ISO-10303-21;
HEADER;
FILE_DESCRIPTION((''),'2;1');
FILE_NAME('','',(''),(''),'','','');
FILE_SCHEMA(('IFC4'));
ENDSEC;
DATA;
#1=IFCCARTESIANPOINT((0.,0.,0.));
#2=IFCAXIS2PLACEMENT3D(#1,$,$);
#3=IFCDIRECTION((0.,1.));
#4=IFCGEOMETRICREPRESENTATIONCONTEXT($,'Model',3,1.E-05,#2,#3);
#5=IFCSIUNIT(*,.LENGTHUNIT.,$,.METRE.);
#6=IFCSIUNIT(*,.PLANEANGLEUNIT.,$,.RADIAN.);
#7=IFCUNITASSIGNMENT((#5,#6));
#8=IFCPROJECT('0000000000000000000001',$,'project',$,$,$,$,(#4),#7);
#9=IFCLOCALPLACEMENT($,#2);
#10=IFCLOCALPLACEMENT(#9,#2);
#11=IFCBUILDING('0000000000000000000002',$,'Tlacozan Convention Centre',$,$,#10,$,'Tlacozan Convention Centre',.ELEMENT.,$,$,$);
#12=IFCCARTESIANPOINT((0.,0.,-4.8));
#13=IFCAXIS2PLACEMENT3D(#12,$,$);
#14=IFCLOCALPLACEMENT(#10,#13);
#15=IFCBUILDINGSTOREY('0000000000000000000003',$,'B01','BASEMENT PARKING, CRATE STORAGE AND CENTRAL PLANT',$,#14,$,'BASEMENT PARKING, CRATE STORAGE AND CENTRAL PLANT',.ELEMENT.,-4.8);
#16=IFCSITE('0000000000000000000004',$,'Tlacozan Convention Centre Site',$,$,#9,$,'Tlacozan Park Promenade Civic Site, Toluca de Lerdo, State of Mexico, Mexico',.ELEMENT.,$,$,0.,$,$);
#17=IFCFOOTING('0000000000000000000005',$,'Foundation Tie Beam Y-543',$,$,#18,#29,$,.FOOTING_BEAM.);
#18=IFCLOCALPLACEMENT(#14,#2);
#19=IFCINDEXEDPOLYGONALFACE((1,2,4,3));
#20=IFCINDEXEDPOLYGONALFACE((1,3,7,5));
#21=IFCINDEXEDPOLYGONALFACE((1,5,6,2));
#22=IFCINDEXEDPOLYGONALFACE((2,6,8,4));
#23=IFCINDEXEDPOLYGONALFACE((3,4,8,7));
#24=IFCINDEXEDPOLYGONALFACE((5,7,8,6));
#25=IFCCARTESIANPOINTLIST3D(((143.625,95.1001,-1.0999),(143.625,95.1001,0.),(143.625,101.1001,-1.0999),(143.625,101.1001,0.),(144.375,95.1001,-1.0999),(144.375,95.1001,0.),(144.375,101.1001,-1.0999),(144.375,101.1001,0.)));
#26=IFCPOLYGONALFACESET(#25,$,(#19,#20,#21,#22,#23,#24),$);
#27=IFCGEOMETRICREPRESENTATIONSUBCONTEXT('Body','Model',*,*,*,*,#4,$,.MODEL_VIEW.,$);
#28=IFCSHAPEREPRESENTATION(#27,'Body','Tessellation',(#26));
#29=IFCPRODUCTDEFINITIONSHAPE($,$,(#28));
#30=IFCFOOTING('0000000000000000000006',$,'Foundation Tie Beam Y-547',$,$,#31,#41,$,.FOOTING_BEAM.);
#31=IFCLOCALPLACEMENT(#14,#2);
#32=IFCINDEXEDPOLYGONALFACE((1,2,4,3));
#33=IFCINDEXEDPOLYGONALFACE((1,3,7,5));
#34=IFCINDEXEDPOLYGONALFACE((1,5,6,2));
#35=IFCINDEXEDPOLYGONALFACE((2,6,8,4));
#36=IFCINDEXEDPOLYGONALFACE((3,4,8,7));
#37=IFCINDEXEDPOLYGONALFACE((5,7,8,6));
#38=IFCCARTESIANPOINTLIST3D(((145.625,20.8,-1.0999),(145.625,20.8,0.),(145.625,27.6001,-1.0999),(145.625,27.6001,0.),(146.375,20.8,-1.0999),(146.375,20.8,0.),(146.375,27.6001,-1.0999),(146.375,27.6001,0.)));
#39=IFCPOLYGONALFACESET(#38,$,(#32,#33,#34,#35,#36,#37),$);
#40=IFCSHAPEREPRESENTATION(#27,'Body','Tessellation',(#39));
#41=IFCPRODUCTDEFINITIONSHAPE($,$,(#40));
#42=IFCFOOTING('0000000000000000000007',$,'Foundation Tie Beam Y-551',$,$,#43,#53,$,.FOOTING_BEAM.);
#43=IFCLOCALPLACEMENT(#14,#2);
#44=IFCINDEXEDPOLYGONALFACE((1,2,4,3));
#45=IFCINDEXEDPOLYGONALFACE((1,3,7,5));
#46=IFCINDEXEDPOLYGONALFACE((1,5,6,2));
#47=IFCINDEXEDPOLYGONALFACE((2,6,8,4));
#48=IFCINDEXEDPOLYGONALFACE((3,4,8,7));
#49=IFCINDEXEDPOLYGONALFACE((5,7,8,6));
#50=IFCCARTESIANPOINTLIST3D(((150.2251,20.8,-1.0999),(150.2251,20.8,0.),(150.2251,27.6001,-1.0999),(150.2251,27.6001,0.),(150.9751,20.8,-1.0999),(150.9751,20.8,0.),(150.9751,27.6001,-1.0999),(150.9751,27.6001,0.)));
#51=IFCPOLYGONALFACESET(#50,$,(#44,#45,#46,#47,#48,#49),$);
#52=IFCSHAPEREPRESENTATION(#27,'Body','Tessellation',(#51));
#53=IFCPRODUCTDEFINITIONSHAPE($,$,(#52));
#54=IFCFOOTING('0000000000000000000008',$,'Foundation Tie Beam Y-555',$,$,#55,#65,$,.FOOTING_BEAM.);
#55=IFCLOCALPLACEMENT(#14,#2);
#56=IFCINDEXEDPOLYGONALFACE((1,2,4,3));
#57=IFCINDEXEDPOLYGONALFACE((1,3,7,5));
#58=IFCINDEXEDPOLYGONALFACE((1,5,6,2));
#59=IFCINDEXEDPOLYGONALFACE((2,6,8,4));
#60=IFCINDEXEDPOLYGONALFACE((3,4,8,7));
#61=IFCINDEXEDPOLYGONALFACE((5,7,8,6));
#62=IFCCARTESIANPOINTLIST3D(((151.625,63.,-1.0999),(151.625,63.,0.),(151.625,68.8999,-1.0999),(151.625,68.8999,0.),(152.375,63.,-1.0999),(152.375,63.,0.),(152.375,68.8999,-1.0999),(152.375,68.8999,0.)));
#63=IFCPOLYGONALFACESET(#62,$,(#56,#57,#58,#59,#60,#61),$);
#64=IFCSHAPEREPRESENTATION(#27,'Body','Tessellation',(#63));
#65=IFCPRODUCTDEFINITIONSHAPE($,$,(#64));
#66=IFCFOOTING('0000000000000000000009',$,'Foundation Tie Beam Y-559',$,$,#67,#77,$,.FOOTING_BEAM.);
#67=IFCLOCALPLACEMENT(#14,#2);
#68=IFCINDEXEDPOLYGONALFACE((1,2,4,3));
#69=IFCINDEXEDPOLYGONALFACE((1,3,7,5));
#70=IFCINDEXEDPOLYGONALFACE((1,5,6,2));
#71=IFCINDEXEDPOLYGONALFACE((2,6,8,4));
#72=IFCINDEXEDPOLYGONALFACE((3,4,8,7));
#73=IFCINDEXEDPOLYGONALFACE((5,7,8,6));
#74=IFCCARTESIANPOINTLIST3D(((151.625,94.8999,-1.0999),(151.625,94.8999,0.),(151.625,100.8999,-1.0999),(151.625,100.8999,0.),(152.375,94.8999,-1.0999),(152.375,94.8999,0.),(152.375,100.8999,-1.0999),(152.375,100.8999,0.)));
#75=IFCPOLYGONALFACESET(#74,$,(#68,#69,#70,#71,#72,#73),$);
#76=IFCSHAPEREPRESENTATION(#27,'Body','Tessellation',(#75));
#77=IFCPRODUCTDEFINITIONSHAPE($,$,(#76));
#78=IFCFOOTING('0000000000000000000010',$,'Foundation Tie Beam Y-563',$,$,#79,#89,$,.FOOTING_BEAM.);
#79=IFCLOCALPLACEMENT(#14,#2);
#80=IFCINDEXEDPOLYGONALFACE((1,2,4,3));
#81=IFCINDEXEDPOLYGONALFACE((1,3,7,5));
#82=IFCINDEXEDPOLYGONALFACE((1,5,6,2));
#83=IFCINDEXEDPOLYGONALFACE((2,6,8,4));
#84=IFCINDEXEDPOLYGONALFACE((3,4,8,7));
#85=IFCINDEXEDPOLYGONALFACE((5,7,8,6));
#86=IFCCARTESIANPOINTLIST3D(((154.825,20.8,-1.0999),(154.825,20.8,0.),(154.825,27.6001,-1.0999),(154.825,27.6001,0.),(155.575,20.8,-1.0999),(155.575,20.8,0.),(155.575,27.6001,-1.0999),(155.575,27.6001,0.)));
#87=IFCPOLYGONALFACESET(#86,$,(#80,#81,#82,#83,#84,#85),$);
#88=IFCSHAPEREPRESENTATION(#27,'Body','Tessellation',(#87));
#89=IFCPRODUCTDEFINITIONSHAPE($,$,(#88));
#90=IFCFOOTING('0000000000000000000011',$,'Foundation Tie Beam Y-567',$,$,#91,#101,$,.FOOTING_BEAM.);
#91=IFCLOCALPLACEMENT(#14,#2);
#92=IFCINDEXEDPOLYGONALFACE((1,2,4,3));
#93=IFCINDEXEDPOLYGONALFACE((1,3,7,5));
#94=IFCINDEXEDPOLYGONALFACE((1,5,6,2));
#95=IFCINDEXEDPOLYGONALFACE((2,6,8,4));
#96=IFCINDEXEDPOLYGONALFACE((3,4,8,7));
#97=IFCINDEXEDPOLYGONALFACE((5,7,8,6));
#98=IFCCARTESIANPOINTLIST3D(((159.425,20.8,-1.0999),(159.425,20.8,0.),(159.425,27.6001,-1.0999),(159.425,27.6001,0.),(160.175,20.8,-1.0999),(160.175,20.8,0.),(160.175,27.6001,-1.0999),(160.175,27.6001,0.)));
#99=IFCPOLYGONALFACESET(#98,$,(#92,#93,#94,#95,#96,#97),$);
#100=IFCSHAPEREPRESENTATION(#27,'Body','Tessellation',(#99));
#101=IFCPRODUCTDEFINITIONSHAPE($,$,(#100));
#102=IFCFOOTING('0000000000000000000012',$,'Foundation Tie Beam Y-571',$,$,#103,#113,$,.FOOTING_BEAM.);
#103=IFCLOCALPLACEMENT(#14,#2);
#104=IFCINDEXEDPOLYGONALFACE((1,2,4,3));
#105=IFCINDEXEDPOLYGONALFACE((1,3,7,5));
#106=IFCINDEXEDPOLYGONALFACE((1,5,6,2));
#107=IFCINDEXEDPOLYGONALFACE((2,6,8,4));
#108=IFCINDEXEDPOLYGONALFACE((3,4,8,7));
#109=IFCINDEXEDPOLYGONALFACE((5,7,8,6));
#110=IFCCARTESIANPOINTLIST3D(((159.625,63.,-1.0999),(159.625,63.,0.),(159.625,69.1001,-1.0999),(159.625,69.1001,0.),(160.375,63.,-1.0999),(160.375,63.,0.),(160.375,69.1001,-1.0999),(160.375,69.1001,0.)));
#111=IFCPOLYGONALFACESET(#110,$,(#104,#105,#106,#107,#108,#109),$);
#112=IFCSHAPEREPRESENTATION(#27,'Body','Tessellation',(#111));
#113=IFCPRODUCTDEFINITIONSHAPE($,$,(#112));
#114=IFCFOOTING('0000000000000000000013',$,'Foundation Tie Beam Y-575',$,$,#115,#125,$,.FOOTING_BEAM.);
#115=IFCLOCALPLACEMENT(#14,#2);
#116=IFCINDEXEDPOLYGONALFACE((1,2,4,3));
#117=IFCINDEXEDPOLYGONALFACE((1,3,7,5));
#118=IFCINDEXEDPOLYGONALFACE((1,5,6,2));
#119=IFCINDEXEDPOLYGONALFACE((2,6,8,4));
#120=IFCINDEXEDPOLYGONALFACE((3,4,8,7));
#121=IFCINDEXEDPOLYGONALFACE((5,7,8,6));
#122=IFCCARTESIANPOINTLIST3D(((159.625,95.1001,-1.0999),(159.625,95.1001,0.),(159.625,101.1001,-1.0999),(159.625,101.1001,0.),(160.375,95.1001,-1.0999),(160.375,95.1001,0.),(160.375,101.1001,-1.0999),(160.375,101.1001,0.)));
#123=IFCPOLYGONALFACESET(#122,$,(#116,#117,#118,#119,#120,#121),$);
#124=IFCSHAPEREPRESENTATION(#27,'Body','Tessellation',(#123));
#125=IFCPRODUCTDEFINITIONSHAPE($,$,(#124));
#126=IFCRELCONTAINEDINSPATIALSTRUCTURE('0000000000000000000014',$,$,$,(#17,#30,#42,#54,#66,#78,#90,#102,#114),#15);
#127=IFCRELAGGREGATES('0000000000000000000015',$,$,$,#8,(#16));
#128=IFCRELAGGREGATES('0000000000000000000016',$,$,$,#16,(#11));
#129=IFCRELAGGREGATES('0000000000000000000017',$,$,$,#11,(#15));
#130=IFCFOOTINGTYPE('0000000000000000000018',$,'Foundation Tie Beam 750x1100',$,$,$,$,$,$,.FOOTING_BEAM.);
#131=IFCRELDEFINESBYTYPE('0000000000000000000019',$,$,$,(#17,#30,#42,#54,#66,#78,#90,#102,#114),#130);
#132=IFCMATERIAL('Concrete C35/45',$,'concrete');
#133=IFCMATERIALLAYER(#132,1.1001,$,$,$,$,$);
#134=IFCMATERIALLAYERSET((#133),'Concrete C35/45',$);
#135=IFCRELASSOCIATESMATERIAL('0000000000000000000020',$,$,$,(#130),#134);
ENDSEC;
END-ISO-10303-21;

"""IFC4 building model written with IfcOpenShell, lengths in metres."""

from ifc_helpers import new_model, si_unit, direction, frame, origin, place, context, subcontext, project, spatial, polyline, outline, extrude, material, layer, layer_set, type_object, element, save


model = new_model("IFC4")

# Units and contexts
model_context = context("Model", 3, precision=1e-05, world=origin(), true_north=direction((0.0, 1.0)))
body_context = subcontext(model_context, "Body", "Model", "MODEL_VIEW")
ifc_project = project(units=[si_unit("LENGTHUNIT", "METRE"), si_unit("PLANEANGLEUNIT", "RADIAN")], contexts=[model_context])

# Site, building, storey
site_placement = place(None, origin())
site = spatial("IfcSite", under=ifc_project, at=site_placement, Name="Tlacozan Convention Centre Site", LongName="Tlacozan Park Promenade Civic Site, Toluca de Lerdo, State of Mexico, Mexico", CompositionType="ELEMENT", RefElevation=0.0)
building_placement = place(site_placement, origin())
building = spatial("IfcBuilding", under=site, at=building_placement, Name="Tlacozan Convention Centre", LongName="Tlacozan Convention Centre", CompositionType="ELEMENT")
storey_placement = place(building_placement, frame((0.0, 0.0, -4.8)))
storey = spatial("IfcBuildingStorey", under=building, at=storey_placement, Name="B01", Description="BASEMENT PARKING, CRATE STORAGE AND CENTRAL PLANT", LongName="BASEMENT PARKING, CRATE STORAGE AND CENTRAL PLANT", CompositionType="ELEMENT", Elevation=-4.8)

# Footings
ifc_material = material(Name="Concrete C35/45", Category="concrete")
ifc_layer = layer(ifc_material, 1.1001)
ifc_layer_set = layer_set([ifc_layer], Name="Concrete C35/45")
footing_type = type_object("IfcFootingType", Name="Foundation Tie Beam 750x1100", PredefinedType="FOOTING_BEAM", material=ifc_layer_set)
footing_1_placement = place(storey_placement, frame((0.0, 0.0, -1.0999)))
element("IfcFooting", 1, at=footing_1_placement, inside=storey, type_object=footing_type, Name="Foundation Tie Beam Y-543", PredefinedType="FOOTING_BEAM", context=body_context, shape_type="SweptSolid", body=[
    extrude(outline(polyline([(143.625, 95.1001), (144.375, 95.1001), (144.375, 101.1001), (143.625, 101.1001), (143.625, 95.1001)])), origin(), (0.0, 0.0, 1.0), 1.0999),
])
footing_2_placement = place(storey_placement, frame((0.0, 0.0, -1.0999)))
element("IfcFooting", 2, at=footing_2_placement, inside=storey, type_object=footing_type, Name="Foundation Tie Beam Y-547", PredefinedType="FOOTING_BEAM", context=body_context, shape_type="SweptSolid", body=[
    extrude(outline(polyline([(145.625, 20.8), (146.375, 20.8), (146.375, 27.6001), (145.625, 27.6001), (145.625, 20.8)])), origin(), (0.0, 0.0, 1.0), 1.0999),
])
footing_3_placement = place(storey_placement, frame((0.0, 0.0, -1.0999)))
element("IfcFooting", 3, at=footing_3_placement, inside=storey, type_object=footing_type, Name="Foundation Tie Beam Y-551", PredefinedType="FOOTING_BEAM", context=body_context, shape_type="SweptSolid", body=[
    extrude(outline(polyline([(150.2251, 20.8), (150.9751, 20.8), (150.9751, 27.6001), (150.2251, 27.6001), (150.2251, 20.8)])), origin(), (0.0, 0.0, 1.0), 1.0999),
])
footing_4_placement = place(storey_placement, frame((0.0, 0.0, -1.0999)))
element("IfcFooting", 4, at=footing_4_placement, inside=storey, type_object=footing_type, Name="Foundation Tie Beam Y-555", PredefinedType="FOOTING_BEAM", context=body_context, shape_type="SweptSolid", body=[
    extrude(outline(polyline([(151.625, 63.0), (152.375, 63.0), (152.375, 68.8999), (151.625, 68.8999), (151.625, 63.0)])), origin(), (0.0, 0.0, 1.0), 1.0999),
])
footing_5_placement = place(storey_placement, frame((0.0, 0.0, -1.0999)))
element("IfcFooting", 5, at=footing_5_placement, inside=storey, type_object=footing_type, Name="Foundation Tie Beam Y-559", PredefinedType="FOOTING_BEAM", context=body_context, shape_type="SweptSolid", body=[
    extrude(outline(polyline([(151.625, 94.8999), (152.375, 94.8999), (152.375, 100.8999), (151.625, 100.8999), (151.625, 94.8999)])), origin(), (0.0, 0.0, 1.0), 1.0999),
])
footing_6_placement = place(storey_placement, frame((0.0, 0.0, -1.0999)))
element("IfcFooting", 6, at=footing_6_placement, inside=storey, type_object=footing_type, Name="Foundation Tie Beam Y-563", PredefinedType="FOOTING_BEAM", context=body_context, shape_type="SweptSolid", body=[
    extrude(outline(polyline([(154.825, 20.8), (155.575, 20.8), (155.575, 27.6001), (154.825, 27.6001), (154.825, 20.8)])), origin(), (0.0, 0.0, 1.0), 1.0999),
])
footing_7_placement = place(storey_placement, frame((0.0, 0.0, -1.0999)))
element("IfcFooting", 7, at=footing_7_placement, inside=storey, type_object=footing_type, Name="Foundation Tie Beam Y-567", PredefinedType="FOOTING_BEAM", context=body_context, shape_type="SweptSolid", body=[
    extrude(outline(polyline([(159.425, 20.8), (160.175, 20.8), (160.175, 27.6001), (159.425, 27.6001), (159.425, 20.8)])), origin(), (0.0, 0.0, 1.0), 1.0999),
])
footing_8_placement = place(storey_placement, frame((0.0, 0.0, -1.0999)))
element("IfcFooting", 8, at=footing_8_placement, inside=storey, type_object=footing_type, Name="Foundation Tie Beam Y-571", PredefinedType="FOOTING_BEAM", context=body_context, shape_type="SweptSolid", body=[
    extrude(outline(polyline([(159.625, 63.0), (160.375, 63.0), (160.375, 69.1001), (159.625, 69.1001), (159.625, 63.0)])), origin(), (0.0, 0.0, 1.0), 1.0999),
])
footing_9_placement = place(storey_placement, frame((0.0, 0.0, -1.0999)))
element("IfcFooting", 9, at=footing_9_placement, inside=storey, type_object=footing_type, Name="Foundation Tie Beam Y-575", PredefinedType="FOOTING_BEAM", context=body_context, shape_type="SweptSolid", body=[
    extrude(outline(polyline([(159.625, 95.1001), (160.375, 95.1001), (160.375, 101.1001), (159.625, 101.1001), (159.625, 95.1001)])), origin(), (0.0, 0.0, 1.0), 1.0999),
])

save(model, "model.ifc")
